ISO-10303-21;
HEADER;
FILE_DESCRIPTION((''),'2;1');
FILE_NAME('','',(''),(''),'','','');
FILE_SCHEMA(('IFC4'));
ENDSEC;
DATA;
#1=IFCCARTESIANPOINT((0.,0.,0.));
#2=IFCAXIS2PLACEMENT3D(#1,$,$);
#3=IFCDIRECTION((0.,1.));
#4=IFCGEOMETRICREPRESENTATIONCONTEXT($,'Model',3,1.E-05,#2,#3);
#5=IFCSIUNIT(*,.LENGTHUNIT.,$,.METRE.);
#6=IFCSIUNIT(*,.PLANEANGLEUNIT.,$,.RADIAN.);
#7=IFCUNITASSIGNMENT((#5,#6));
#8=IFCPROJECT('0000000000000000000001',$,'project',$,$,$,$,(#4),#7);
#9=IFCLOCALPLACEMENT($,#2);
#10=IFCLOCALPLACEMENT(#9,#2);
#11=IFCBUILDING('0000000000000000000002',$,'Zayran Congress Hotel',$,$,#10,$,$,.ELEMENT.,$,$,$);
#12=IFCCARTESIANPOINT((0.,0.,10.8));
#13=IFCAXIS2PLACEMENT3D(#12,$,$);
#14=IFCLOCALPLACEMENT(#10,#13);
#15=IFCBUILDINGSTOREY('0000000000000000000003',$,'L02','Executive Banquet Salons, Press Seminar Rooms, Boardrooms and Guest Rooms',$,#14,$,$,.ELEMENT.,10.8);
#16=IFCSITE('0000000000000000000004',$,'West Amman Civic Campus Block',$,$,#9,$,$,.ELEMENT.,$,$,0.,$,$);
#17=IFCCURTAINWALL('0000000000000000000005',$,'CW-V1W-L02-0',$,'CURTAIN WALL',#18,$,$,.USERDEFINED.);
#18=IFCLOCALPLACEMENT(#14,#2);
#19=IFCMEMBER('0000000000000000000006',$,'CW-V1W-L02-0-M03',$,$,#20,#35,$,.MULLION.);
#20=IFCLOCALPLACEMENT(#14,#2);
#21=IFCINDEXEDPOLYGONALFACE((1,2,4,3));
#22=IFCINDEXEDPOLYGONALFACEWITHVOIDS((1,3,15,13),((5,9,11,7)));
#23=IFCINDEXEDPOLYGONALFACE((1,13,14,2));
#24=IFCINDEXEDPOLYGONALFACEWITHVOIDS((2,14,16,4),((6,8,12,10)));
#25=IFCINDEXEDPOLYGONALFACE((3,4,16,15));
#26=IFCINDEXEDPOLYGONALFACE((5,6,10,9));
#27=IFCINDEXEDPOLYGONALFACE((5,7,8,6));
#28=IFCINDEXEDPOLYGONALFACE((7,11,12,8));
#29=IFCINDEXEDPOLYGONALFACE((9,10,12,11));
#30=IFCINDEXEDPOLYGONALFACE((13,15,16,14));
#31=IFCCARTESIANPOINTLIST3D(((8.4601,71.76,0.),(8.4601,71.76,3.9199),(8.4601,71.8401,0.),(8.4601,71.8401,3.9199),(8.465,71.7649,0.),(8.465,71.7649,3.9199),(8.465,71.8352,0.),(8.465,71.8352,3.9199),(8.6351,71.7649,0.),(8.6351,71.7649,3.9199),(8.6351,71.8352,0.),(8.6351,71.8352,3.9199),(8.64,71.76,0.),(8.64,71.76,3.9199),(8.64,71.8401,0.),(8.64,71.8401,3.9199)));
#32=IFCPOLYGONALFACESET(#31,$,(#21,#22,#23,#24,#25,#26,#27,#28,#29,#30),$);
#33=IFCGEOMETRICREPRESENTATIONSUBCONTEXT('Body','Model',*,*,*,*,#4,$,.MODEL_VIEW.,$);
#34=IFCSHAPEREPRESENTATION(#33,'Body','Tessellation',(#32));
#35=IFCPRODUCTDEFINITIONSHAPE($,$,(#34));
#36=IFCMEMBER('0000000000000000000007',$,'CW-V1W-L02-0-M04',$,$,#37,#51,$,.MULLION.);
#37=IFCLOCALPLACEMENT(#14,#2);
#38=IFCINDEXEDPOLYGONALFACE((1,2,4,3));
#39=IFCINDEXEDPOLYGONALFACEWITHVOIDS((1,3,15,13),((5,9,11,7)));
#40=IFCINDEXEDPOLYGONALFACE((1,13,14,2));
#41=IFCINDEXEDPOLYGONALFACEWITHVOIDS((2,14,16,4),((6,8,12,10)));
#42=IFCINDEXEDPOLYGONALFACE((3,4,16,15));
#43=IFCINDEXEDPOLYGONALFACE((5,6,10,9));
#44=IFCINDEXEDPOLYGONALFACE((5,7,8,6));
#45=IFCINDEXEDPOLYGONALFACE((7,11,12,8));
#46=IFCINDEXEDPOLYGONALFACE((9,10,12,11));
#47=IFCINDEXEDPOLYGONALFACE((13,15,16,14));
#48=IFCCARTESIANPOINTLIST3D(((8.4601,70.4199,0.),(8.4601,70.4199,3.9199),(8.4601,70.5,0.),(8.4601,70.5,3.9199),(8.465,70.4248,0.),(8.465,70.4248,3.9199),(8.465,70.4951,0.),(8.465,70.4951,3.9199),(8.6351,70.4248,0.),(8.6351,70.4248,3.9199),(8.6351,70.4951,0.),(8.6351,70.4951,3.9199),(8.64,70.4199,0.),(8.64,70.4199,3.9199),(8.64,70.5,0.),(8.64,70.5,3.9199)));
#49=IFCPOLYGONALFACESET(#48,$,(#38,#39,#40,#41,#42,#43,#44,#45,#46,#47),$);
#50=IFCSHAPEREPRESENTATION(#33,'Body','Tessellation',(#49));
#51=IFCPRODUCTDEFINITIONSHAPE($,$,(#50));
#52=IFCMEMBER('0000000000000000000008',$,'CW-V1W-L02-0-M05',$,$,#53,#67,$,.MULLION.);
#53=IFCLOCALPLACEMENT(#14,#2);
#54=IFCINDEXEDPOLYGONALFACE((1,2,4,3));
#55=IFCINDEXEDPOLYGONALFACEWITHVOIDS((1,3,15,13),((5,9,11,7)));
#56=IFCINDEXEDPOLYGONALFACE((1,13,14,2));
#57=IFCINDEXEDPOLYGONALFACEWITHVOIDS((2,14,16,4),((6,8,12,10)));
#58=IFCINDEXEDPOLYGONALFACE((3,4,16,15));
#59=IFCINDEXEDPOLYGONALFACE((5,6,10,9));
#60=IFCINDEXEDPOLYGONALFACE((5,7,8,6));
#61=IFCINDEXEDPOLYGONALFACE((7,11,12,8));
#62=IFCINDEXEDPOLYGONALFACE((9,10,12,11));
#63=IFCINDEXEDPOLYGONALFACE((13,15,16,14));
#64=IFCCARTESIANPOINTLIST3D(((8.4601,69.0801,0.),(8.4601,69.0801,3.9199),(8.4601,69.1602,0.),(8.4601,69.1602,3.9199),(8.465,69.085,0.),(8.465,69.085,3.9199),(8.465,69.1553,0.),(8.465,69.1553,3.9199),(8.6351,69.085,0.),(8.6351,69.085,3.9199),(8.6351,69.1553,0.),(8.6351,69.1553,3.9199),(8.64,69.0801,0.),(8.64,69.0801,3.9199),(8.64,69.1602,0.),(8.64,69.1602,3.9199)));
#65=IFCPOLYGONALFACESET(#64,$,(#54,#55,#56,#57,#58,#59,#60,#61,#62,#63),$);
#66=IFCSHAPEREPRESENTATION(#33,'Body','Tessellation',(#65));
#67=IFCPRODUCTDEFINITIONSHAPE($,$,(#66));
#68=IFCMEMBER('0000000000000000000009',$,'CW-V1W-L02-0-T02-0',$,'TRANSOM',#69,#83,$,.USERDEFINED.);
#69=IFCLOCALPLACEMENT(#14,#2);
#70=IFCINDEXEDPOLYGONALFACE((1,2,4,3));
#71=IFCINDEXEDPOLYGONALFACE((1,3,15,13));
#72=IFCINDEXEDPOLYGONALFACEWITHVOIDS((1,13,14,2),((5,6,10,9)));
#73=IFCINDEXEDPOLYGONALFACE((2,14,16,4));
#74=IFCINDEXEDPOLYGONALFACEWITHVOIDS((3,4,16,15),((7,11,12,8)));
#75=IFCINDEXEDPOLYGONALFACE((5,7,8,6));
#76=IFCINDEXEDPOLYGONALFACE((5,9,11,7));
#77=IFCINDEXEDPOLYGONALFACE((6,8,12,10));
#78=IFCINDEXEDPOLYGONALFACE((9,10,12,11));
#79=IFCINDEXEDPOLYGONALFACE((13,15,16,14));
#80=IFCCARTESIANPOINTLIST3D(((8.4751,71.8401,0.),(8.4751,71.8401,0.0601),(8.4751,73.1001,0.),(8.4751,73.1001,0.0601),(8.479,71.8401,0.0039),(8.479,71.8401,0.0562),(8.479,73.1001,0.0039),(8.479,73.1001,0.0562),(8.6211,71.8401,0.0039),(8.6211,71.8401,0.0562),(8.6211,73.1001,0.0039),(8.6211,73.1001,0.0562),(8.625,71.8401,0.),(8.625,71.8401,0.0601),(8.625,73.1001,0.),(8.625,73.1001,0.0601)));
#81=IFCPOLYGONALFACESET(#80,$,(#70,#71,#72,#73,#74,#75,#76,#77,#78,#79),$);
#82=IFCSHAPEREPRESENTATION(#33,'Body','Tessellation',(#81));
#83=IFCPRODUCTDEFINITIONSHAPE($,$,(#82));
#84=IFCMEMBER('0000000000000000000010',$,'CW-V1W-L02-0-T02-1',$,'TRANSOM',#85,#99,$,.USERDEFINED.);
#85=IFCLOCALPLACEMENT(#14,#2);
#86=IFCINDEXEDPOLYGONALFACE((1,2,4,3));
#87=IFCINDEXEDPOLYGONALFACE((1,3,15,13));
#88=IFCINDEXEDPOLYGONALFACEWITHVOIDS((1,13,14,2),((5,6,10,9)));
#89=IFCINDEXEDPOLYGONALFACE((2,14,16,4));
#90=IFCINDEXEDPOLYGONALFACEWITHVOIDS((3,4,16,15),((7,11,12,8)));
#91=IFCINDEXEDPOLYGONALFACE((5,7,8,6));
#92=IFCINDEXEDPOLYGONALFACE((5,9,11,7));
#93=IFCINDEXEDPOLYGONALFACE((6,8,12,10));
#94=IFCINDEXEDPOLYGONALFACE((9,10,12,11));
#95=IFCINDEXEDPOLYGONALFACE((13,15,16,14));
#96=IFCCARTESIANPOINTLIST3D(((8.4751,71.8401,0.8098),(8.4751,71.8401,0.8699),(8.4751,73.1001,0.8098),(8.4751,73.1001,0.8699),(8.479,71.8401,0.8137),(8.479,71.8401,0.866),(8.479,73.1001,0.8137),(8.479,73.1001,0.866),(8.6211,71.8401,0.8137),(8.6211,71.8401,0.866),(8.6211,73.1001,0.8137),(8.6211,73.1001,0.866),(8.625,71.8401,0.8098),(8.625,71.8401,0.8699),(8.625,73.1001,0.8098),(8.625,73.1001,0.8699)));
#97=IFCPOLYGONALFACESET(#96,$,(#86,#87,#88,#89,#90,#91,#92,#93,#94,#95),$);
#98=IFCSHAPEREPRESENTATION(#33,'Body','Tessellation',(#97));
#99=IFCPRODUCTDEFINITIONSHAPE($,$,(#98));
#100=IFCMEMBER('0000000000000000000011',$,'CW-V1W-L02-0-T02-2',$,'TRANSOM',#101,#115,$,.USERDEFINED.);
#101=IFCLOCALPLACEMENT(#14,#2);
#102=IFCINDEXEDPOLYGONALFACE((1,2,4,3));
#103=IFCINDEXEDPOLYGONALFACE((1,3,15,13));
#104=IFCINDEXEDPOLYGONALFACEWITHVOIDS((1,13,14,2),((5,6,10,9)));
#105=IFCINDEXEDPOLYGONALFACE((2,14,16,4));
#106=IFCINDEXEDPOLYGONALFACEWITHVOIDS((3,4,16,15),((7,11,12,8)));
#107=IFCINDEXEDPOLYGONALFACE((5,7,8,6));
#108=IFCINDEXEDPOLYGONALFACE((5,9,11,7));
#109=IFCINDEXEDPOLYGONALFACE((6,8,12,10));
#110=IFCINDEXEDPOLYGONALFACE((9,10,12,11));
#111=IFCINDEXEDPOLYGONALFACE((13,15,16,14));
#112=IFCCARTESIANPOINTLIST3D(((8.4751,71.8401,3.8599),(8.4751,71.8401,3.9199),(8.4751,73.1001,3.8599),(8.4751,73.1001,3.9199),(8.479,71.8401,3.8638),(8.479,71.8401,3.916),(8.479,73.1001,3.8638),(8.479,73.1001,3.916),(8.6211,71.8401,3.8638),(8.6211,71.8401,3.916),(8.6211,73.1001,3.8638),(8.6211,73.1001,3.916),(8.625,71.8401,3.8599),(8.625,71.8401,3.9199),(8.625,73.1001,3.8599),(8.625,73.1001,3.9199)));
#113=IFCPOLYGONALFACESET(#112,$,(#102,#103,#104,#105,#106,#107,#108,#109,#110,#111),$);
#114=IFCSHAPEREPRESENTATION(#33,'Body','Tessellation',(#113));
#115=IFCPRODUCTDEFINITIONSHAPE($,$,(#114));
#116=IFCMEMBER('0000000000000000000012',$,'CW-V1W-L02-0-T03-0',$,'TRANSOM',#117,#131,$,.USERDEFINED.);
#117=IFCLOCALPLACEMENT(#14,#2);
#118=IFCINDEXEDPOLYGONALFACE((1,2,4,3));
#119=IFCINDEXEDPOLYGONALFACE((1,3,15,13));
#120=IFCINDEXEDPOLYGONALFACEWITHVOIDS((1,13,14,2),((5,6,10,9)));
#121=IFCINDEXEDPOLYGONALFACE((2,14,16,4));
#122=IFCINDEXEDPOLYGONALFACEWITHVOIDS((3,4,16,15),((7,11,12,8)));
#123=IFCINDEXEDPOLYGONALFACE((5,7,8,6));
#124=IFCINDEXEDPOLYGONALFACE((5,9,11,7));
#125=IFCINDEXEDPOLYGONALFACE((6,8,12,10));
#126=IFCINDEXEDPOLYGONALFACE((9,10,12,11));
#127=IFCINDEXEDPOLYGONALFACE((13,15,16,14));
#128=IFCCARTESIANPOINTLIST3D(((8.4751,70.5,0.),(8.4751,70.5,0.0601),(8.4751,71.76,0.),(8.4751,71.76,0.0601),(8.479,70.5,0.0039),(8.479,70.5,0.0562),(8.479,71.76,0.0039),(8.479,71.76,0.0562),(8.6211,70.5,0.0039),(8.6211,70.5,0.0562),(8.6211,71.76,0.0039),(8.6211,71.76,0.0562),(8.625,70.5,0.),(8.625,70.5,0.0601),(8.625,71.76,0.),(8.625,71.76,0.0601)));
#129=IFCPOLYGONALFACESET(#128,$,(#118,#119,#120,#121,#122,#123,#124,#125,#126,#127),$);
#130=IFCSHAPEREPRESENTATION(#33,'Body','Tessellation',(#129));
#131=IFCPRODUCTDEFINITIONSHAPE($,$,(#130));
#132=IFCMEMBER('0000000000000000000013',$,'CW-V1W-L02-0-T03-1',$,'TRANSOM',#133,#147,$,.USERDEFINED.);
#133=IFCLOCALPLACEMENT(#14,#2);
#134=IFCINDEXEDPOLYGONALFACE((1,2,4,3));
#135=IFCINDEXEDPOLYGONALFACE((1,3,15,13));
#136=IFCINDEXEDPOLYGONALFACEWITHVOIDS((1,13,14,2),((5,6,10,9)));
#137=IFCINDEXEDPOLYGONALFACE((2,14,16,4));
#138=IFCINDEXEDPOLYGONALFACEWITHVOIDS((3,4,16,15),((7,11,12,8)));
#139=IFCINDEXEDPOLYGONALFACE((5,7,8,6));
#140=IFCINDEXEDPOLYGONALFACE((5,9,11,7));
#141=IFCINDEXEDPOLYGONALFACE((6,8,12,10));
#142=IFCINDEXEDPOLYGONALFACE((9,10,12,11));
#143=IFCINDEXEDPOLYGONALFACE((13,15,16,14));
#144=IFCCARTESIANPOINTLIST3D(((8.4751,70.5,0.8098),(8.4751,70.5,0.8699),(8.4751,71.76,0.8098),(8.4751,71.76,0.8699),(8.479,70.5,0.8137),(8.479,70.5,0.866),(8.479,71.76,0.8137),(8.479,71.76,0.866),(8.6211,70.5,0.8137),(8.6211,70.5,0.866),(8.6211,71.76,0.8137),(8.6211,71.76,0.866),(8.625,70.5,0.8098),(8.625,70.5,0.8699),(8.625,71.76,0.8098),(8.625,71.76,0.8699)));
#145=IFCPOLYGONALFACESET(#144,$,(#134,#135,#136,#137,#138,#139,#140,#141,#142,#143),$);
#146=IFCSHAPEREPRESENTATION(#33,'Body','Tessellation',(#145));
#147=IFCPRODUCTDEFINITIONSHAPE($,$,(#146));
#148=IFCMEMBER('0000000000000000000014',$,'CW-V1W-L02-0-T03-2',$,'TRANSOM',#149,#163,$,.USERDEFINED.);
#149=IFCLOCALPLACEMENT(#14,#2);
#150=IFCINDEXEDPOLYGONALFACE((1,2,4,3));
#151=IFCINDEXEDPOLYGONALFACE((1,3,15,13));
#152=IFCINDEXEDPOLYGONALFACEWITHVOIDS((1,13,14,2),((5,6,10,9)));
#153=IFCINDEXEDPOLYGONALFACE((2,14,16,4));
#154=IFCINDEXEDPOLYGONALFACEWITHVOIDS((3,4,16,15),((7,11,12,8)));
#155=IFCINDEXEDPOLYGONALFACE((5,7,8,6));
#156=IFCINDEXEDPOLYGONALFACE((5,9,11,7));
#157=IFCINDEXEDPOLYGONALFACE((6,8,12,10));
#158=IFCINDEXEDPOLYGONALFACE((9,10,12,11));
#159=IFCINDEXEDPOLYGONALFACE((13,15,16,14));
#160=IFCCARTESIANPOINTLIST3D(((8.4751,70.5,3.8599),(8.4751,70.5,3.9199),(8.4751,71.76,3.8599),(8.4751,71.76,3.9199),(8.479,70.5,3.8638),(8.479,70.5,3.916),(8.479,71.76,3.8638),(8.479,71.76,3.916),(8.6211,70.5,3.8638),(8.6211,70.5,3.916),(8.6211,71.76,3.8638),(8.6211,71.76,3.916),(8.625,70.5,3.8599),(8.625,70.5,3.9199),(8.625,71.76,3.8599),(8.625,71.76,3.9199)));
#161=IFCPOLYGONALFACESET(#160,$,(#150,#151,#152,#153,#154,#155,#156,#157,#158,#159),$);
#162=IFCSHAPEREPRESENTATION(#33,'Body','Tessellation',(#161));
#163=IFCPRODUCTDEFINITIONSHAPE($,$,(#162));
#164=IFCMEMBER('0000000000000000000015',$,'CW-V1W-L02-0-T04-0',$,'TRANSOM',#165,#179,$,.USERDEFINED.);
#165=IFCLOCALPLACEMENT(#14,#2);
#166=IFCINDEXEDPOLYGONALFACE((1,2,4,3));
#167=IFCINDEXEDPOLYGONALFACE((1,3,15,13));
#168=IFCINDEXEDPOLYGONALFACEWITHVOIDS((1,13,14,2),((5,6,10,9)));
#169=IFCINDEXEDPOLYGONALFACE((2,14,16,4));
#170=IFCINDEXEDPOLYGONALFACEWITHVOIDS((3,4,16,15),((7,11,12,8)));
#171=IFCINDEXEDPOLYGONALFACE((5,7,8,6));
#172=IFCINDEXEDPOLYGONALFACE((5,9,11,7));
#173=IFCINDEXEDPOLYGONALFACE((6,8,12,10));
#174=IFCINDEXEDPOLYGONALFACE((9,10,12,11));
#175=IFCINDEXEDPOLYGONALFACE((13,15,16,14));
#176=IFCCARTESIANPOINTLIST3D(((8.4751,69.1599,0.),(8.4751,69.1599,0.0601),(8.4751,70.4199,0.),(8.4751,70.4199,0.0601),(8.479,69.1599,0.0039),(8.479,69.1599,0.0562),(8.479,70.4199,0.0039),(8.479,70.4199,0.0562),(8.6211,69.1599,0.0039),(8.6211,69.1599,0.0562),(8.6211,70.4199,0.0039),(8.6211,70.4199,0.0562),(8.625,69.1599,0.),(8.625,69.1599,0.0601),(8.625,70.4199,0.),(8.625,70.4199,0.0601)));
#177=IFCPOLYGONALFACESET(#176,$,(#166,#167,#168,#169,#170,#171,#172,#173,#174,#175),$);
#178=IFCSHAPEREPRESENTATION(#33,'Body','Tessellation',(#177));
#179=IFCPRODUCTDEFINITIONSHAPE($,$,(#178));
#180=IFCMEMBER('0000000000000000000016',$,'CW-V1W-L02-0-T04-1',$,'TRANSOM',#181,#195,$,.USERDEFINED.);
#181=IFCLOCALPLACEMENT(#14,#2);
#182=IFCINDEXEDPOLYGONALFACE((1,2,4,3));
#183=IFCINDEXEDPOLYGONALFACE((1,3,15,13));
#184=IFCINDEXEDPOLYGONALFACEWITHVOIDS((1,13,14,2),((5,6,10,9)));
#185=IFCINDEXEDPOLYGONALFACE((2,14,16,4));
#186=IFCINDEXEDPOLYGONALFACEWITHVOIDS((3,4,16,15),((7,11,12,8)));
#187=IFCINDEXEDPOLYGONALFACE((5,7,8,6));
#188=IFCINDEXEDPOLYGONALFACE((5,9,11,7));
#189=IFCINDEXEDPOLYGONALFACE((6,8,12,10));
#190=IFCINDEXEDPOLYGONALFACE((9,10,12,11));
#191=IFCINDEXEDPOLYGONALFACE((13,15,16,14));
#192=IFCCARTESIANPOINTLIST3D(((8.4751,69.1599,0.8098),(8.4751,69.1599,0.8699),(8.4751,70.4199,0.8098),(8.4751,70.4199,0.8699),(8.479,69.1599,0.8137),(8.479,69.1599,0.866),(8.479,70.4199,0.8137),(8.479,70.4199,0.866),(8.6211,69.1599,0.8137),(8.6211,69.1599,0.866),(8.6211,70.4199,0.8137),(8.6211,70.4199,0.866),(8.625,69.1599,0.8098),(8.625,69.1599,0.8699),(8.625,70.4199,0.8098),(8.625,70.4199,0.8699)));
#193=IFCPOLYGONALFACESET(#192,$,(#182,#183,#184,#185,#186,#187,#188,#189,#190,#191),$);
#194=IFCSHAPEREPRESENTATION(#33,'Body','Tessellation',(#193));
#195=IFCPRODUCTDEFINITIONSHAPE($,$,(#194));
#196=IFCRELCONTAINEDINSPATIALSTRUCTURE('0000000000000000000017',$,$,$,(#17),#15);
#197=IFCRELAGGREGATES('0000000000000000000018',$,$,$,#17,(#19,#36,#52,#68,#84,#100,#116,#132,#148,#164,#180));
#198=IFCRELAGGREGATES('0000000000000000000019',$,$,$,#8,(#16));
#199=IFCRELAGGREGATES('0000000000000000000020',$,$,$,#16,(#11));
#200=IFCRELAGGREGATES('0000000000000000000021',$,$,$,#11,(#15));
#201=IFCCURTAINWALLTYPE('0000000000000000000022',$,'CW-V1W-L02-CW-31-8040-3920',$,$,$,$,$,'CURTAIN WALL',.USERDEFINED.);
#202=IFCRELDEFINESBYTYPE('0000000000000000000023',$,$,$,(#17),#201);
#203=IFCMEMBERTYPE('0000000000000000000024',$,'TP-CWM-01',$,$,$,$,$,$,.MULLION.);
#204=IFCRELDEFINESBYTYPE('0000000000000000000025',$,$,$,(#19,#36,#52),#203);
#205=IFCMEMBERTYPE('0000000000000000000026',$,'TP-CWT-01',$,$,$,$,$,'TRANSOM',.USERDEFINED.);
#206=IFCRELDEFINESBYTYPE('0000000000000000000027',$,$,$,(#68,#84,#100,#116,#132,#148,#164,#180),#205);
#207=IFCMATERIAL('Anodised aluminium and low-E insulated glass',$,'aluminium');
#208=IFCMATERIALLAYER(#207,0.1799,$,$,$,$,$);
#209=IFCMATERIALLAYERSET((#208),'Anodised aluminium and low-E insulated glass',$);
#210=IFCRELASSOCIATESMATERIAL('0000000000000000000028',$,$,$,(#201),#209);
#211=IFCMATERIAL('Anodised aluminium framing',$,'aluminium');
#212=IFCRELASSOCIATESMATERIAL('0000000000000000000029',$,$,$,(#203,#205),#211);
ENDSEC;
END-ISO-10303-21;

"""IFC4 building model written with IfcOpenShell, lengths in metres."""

from ifc_helpers import new_model, si_unit, direction, frame, origin, origin_2d, place, context, subcontext, project, spatial, hollow_rectangle, extrude, material, layer, layer_set, material_profile, profile_set, type_object, element, aggregate, save


model = new_model("IFC4")

# Units and contexts
model_context = context("Model", 3, precision=1e-05, world=origin(), true_north=direction((0.0, 1.0)))
body_context = subcontext(model_context, "Body", "Model", "MODEL_VIEW")
ifc_project = project(units=[si_unit("LENGTHUNIT", "METRE"), si_unit("PLANEANGLEUNIT", "RADIAN")], contexts=[model_context])

# Site, building, storey
site_placement = place(None, origin())
site = spatial("IfcSite", under=ifc_project, at=site_placement, Name="West Amman Civic Campus Block", CompositionType="ELEMENT", RefElevation=0.0)
building_placement = place(site_placement, origin())
building = spatial("IfcBuilding", under=site, at=building_placement, Name="Zayran Congress Hotel", CompositionType="ELEMENT")
storey_placement = place(building_placement, frame((0.0, 0.0, 10.8)))
storey = spatial("IfcBuildingStorey", under=building, at=storey_placement, Name="L02", Description="Executive Banquet Salons, Press Seminar Rooms, Boardrooms and Guest Rooms", CompositionType="ELEMENT", Elevation=10.8)

# Curtain wall, members
ifc_material_1 = material(Name="Anodised aluminium and low-E insulated glass", Category="aluminium")
ifc_layer_1 = layer(ifc_material_1, 0.1799)
ifc_layer_set_1 = layer_set([ifc_layer_1], Name="Anodised aluminium and low-E insulated glass")
curtain_wall_type = type_object("IfcCurtainWallType", Name="CW-V1W-L02-CW-31-8040-3920", ElementType="CURTAIN WALL", PredefinedType="USERDEFINED", material=ifc_layer_set_1)
curtain_wall_placement = place(storey_placement, origin())
curtain_wall = element("IfcCurtainWall", 1, at=curtain_wall_placement, inside=storey, type_object=curtain_wall_type, Name="CW-V1W-L02-0", ObjectType="CURTAIN WALL", PredefinedType="USERDEFINED")
ifc_material_2 = material(Name="Anodised aluminium framing", Category="aluminium")
ifc_material_profile_1 = material_profile(ifc_material_2, hollow_rectangle(XDim=0.0801, YDim=0.1799, WallThickness=0.0049, at=origin_2d()), Name="RHS 180x80x5")
ifc_profile_set_1 = profile_set([ifc_material_profile_1], Name="Anodised aluminium framing")
member_type_1 = type_object("IfcMemberType", Name="TP-CWM-01", PredefinedType="MULLION", material=ifc_profile_set_1)
member_1_placement = place(storey_placement, frame((8.55, 71.8, 0.0), z_axis=(0.0, 0.0, 1.0), x_axis=(0.0, 1.0, 0.0)))
member_1 = element("IfcMember", 2, at=member_1_placement, type_object=member_type_1, Name="CW-V1W-L02-0-M03", PredefinedType="MULLION", context=body_context, shape_type="SweptSolid", body=[
    extrude(hollow_rectangle(XDim=0.0801, YDim=0.1799, WallThickness=0.0049, at=origin_2d()), origin(), (0.0, 0.0, 1.0), 3.9199),
])
member_2_placement = place(storey_placement, frame((8.55, 70.46, 0.0), z_axis=(0.0, 0.0, 1.0), x_axis=(0.0, 1.0, 0.0)))
member_2 = element("IfcMember", 3, at=member_2_placement, type_object=member_type_1, Name="CW-V1W-L02-0-M04", PredefinedType="MULLION", context=body_context, shape_type="SweptSolid", body=[
    extrude(hollow_rectangle(XDim=0.0801, YDim=0.1799, WallThickness=0.0049, at=origin_2d()), origin(), (0.0, 0.0, 1.0), 3.9199),
])
member_3_placement = place(storey_placement, frame((8.55, 69.1201, 0.0), z_axis=(0.0, 0.0, 1.0), x_axis=(0.0, 1.0, 0.0)))
member_3 = element("IfcMember", 4, at=member_3_placement, type_object=member_type_1, Name="CW-V1W-L02-0-M05", PredefinedType="MULLION", context=body_context, shape_type="SweptSolid", body=[
    extrude(hollow_rectangle(XDim=0.0801, YDim=0.1799, WallThickness=0.0049, at=origin_2d()), origin(), (0.0, 0.0, 1.0), 3.9199),
])
ifc_material_profile_2 = material_profile(ifc_material_2, hollow_rectangle(XDim=0.0601, YDim=0.1499, WallThickness=0.0039, at=origin_2d()), Name="RHS 150x60x4")
ifc_profile_set_2 = profile_set([ifc_material_profile_2], Name="Anodised aluminium framing")
member_type_2 = type_object("IfcMemberType", Name="TP-CWT-01", ElementType="TRANSOM", PredefinedType="USERDEFINED", material=ifc_profile_set_2)
member_4_placement = place(storey_placement, frame((8.55, 73.1001, 0.03), z_axis=(0.0, -1.0, 0.0), x_axis=(0.0, 0.0, 1.0)))
member_4 = element("IfcMember", 5, at=member_4_placement, type_object=member_type_2, Name="CW-V1W-L02-0-T02-0", ObjectType="TRANSOM", PredefinedType="USERDEFINED", context=body_context, shape_type="SweptSolid", body=[
    extrude(hollow_rectangle(XDim=0.0601, YDim=0.1499, WallThickness=0.0039, at=origin_2d()), origin(), (0.0, 0.0, 1.0), 1.26),
])
member_5_placement = place(storey_placement, frame((8.55, 73.1001, 0.8398), z_axis=(0.0, -1.0, 0.0), x_axis=(0.0, 0.0, 1.0)))
member_5 = element("IfcMember", 6, at=member_5_placement, type_object=member_type_2, Name="CW-V1W-L02-0-T02-1", ObjectType="TRANSOM", PredefinedType="USERDEFINED", context=body_context, shape_type="SweptSolid", body=[
    extrude(hollow_rectangle(XDim=0.0601, YDim=0.1499, WallThickness=0.0039, at=origin_2d()), origin(), (0.0, 0.0, 1.0), 1.26),
])
member_6_placement = place(storey_placement, frame((8.55, 73.1001, 3.8899), z_axis=(0.0, -1.0, 0.0), x_axis=(0.0, 0.0, 1.0)))
member_6 = element("IfcMember", 7, at=member_6_placement, type_object=member_type_2, Name="CW-V1W-L02-0-T02-2", ObjectType="TRANSOM", PredefinedType="USERDEFINED", context=body_context, shape_type="SweptSolid", body=[
    extrude(hollow_rectangle(XDim=0.0601, YDim=0.1499, WallThickness=0.0039, at=origin_2d()), origin(), (0.0, 0.0, 1.0), 1.26),
])
member_7_placement = place(storey_placement, frame((8.55, 71.76, 0.03), z_axis=(0.0, -1.0, 0.0), x_axis=(0.0, 0.0, 1.0)))
member_7 = element("IfcMember", 8, at=member_7_placement, type_object=member_type_2, Name="CW-V1W-L02-0-T03-0", ObjectType="TRANSOM", PredefinedType="USERDEFINED", context=body_context, shape_type="SweptSolid", body=[
    extrude(hollow_rectangle(XDim=0.0601, YDim=0.1499, WallThickness=0.0039, at=origin_2d()), origin(), (0.0, 0.0, 1.0), 1.26),
])
member_8_placement = place(storey_placement, frame((8.55, 71.76, 0.8398), z_axis=(0.0, -1.0, 0.0), x_axis=(0.0, 0.0, 1.0)))
member_8 = element("IfcMember", 9, at=member_8_placement, type_object=member_type_2, Name="CW-V1W-L02-0-T03-1", ObjectType="TRANSOM", PredefinedType="USERDEFINED", context=body_context, shape_type="SweptSolid", body=[
    extrude(hollow_rectangle(XDim=0.0601, YDim=0.1499, WallThickness=0.0039, at=origin_2d()), origin(), (0.0, 0.0, 1.0), 1.26),
])
member_9_placement = place(storey_placement, frame((8.55, 71.76, 3.8899), z_axis=(0.0, -1.0, 0.0), x_axis=(0.0, 0.0, 1.0)))
member_9 = element("IfcMember", 10, at=member_9_placement, type_object=member_type_2, Name="CW-V1W-L02-0-T03-2", ObjectType="TRANSOM", PredefinedType="USERDEFINED", context=body_context, shape_type="SweptSolid", body=[
    extrude(hollow_rectangle(XDim=0.0601, YDim=0.1499, WallThickness=0.0039, at=origin_2d()), origin(), (0.0, 0.0, 1.0), 1.26),
])
member_10_placement = place(storey_placement, frame((8.55, 70.4199, 0.03), z_axis=(0.0, -1.0, 0.0), x_axis=(0.0, 0.0, 1.0)))
member_10 = element("IfcMember", 11, at=member_10_placement, type_object=member_type_2, Name="CW-V1W-L02-0-T04-0", ObjectType="TRANSOM", PredefinedType="USERDEFINED", context=body_context, shape_type="SweptSolid", body=[
    extrude(hollow_rectangle(XDim=0.0601, YDim=0.1499, WallThickness=0.0039, at=origin_2d()), origin(), (0.0, 0.0, 1.0), 1.26),
])
member_11_placement = place(storey_placement, frame((8.55, 70.4199, 0.8398), z_axis=(0.0, -1.0, 0.0), x_axis=(0.0, 0.0, 1.0)))
member_11 = element("IfcMember", 12, at=member_11_placement, type_object=member_type_2, Name="CW-V1W-L02-0-T04-1", ObjectType="TRANSOM", PredefinedType="USERDEFINED", context=body_context, shape_type="SweptSolid", body=[
    extrude(hollow_rectangle(XDim=0.0601, YDim=0.1499, WallThickness=0.0039, at=origin_2d()), origin(), (0.0, 0.0, 1.0), 1.26),
])
aggregate(curtain_wall, [member_1, member_2, member_3, member_4, member_5, member_6, member_7, member_8, member_9, member_10, member_11])

save(model, "model.ifc")
